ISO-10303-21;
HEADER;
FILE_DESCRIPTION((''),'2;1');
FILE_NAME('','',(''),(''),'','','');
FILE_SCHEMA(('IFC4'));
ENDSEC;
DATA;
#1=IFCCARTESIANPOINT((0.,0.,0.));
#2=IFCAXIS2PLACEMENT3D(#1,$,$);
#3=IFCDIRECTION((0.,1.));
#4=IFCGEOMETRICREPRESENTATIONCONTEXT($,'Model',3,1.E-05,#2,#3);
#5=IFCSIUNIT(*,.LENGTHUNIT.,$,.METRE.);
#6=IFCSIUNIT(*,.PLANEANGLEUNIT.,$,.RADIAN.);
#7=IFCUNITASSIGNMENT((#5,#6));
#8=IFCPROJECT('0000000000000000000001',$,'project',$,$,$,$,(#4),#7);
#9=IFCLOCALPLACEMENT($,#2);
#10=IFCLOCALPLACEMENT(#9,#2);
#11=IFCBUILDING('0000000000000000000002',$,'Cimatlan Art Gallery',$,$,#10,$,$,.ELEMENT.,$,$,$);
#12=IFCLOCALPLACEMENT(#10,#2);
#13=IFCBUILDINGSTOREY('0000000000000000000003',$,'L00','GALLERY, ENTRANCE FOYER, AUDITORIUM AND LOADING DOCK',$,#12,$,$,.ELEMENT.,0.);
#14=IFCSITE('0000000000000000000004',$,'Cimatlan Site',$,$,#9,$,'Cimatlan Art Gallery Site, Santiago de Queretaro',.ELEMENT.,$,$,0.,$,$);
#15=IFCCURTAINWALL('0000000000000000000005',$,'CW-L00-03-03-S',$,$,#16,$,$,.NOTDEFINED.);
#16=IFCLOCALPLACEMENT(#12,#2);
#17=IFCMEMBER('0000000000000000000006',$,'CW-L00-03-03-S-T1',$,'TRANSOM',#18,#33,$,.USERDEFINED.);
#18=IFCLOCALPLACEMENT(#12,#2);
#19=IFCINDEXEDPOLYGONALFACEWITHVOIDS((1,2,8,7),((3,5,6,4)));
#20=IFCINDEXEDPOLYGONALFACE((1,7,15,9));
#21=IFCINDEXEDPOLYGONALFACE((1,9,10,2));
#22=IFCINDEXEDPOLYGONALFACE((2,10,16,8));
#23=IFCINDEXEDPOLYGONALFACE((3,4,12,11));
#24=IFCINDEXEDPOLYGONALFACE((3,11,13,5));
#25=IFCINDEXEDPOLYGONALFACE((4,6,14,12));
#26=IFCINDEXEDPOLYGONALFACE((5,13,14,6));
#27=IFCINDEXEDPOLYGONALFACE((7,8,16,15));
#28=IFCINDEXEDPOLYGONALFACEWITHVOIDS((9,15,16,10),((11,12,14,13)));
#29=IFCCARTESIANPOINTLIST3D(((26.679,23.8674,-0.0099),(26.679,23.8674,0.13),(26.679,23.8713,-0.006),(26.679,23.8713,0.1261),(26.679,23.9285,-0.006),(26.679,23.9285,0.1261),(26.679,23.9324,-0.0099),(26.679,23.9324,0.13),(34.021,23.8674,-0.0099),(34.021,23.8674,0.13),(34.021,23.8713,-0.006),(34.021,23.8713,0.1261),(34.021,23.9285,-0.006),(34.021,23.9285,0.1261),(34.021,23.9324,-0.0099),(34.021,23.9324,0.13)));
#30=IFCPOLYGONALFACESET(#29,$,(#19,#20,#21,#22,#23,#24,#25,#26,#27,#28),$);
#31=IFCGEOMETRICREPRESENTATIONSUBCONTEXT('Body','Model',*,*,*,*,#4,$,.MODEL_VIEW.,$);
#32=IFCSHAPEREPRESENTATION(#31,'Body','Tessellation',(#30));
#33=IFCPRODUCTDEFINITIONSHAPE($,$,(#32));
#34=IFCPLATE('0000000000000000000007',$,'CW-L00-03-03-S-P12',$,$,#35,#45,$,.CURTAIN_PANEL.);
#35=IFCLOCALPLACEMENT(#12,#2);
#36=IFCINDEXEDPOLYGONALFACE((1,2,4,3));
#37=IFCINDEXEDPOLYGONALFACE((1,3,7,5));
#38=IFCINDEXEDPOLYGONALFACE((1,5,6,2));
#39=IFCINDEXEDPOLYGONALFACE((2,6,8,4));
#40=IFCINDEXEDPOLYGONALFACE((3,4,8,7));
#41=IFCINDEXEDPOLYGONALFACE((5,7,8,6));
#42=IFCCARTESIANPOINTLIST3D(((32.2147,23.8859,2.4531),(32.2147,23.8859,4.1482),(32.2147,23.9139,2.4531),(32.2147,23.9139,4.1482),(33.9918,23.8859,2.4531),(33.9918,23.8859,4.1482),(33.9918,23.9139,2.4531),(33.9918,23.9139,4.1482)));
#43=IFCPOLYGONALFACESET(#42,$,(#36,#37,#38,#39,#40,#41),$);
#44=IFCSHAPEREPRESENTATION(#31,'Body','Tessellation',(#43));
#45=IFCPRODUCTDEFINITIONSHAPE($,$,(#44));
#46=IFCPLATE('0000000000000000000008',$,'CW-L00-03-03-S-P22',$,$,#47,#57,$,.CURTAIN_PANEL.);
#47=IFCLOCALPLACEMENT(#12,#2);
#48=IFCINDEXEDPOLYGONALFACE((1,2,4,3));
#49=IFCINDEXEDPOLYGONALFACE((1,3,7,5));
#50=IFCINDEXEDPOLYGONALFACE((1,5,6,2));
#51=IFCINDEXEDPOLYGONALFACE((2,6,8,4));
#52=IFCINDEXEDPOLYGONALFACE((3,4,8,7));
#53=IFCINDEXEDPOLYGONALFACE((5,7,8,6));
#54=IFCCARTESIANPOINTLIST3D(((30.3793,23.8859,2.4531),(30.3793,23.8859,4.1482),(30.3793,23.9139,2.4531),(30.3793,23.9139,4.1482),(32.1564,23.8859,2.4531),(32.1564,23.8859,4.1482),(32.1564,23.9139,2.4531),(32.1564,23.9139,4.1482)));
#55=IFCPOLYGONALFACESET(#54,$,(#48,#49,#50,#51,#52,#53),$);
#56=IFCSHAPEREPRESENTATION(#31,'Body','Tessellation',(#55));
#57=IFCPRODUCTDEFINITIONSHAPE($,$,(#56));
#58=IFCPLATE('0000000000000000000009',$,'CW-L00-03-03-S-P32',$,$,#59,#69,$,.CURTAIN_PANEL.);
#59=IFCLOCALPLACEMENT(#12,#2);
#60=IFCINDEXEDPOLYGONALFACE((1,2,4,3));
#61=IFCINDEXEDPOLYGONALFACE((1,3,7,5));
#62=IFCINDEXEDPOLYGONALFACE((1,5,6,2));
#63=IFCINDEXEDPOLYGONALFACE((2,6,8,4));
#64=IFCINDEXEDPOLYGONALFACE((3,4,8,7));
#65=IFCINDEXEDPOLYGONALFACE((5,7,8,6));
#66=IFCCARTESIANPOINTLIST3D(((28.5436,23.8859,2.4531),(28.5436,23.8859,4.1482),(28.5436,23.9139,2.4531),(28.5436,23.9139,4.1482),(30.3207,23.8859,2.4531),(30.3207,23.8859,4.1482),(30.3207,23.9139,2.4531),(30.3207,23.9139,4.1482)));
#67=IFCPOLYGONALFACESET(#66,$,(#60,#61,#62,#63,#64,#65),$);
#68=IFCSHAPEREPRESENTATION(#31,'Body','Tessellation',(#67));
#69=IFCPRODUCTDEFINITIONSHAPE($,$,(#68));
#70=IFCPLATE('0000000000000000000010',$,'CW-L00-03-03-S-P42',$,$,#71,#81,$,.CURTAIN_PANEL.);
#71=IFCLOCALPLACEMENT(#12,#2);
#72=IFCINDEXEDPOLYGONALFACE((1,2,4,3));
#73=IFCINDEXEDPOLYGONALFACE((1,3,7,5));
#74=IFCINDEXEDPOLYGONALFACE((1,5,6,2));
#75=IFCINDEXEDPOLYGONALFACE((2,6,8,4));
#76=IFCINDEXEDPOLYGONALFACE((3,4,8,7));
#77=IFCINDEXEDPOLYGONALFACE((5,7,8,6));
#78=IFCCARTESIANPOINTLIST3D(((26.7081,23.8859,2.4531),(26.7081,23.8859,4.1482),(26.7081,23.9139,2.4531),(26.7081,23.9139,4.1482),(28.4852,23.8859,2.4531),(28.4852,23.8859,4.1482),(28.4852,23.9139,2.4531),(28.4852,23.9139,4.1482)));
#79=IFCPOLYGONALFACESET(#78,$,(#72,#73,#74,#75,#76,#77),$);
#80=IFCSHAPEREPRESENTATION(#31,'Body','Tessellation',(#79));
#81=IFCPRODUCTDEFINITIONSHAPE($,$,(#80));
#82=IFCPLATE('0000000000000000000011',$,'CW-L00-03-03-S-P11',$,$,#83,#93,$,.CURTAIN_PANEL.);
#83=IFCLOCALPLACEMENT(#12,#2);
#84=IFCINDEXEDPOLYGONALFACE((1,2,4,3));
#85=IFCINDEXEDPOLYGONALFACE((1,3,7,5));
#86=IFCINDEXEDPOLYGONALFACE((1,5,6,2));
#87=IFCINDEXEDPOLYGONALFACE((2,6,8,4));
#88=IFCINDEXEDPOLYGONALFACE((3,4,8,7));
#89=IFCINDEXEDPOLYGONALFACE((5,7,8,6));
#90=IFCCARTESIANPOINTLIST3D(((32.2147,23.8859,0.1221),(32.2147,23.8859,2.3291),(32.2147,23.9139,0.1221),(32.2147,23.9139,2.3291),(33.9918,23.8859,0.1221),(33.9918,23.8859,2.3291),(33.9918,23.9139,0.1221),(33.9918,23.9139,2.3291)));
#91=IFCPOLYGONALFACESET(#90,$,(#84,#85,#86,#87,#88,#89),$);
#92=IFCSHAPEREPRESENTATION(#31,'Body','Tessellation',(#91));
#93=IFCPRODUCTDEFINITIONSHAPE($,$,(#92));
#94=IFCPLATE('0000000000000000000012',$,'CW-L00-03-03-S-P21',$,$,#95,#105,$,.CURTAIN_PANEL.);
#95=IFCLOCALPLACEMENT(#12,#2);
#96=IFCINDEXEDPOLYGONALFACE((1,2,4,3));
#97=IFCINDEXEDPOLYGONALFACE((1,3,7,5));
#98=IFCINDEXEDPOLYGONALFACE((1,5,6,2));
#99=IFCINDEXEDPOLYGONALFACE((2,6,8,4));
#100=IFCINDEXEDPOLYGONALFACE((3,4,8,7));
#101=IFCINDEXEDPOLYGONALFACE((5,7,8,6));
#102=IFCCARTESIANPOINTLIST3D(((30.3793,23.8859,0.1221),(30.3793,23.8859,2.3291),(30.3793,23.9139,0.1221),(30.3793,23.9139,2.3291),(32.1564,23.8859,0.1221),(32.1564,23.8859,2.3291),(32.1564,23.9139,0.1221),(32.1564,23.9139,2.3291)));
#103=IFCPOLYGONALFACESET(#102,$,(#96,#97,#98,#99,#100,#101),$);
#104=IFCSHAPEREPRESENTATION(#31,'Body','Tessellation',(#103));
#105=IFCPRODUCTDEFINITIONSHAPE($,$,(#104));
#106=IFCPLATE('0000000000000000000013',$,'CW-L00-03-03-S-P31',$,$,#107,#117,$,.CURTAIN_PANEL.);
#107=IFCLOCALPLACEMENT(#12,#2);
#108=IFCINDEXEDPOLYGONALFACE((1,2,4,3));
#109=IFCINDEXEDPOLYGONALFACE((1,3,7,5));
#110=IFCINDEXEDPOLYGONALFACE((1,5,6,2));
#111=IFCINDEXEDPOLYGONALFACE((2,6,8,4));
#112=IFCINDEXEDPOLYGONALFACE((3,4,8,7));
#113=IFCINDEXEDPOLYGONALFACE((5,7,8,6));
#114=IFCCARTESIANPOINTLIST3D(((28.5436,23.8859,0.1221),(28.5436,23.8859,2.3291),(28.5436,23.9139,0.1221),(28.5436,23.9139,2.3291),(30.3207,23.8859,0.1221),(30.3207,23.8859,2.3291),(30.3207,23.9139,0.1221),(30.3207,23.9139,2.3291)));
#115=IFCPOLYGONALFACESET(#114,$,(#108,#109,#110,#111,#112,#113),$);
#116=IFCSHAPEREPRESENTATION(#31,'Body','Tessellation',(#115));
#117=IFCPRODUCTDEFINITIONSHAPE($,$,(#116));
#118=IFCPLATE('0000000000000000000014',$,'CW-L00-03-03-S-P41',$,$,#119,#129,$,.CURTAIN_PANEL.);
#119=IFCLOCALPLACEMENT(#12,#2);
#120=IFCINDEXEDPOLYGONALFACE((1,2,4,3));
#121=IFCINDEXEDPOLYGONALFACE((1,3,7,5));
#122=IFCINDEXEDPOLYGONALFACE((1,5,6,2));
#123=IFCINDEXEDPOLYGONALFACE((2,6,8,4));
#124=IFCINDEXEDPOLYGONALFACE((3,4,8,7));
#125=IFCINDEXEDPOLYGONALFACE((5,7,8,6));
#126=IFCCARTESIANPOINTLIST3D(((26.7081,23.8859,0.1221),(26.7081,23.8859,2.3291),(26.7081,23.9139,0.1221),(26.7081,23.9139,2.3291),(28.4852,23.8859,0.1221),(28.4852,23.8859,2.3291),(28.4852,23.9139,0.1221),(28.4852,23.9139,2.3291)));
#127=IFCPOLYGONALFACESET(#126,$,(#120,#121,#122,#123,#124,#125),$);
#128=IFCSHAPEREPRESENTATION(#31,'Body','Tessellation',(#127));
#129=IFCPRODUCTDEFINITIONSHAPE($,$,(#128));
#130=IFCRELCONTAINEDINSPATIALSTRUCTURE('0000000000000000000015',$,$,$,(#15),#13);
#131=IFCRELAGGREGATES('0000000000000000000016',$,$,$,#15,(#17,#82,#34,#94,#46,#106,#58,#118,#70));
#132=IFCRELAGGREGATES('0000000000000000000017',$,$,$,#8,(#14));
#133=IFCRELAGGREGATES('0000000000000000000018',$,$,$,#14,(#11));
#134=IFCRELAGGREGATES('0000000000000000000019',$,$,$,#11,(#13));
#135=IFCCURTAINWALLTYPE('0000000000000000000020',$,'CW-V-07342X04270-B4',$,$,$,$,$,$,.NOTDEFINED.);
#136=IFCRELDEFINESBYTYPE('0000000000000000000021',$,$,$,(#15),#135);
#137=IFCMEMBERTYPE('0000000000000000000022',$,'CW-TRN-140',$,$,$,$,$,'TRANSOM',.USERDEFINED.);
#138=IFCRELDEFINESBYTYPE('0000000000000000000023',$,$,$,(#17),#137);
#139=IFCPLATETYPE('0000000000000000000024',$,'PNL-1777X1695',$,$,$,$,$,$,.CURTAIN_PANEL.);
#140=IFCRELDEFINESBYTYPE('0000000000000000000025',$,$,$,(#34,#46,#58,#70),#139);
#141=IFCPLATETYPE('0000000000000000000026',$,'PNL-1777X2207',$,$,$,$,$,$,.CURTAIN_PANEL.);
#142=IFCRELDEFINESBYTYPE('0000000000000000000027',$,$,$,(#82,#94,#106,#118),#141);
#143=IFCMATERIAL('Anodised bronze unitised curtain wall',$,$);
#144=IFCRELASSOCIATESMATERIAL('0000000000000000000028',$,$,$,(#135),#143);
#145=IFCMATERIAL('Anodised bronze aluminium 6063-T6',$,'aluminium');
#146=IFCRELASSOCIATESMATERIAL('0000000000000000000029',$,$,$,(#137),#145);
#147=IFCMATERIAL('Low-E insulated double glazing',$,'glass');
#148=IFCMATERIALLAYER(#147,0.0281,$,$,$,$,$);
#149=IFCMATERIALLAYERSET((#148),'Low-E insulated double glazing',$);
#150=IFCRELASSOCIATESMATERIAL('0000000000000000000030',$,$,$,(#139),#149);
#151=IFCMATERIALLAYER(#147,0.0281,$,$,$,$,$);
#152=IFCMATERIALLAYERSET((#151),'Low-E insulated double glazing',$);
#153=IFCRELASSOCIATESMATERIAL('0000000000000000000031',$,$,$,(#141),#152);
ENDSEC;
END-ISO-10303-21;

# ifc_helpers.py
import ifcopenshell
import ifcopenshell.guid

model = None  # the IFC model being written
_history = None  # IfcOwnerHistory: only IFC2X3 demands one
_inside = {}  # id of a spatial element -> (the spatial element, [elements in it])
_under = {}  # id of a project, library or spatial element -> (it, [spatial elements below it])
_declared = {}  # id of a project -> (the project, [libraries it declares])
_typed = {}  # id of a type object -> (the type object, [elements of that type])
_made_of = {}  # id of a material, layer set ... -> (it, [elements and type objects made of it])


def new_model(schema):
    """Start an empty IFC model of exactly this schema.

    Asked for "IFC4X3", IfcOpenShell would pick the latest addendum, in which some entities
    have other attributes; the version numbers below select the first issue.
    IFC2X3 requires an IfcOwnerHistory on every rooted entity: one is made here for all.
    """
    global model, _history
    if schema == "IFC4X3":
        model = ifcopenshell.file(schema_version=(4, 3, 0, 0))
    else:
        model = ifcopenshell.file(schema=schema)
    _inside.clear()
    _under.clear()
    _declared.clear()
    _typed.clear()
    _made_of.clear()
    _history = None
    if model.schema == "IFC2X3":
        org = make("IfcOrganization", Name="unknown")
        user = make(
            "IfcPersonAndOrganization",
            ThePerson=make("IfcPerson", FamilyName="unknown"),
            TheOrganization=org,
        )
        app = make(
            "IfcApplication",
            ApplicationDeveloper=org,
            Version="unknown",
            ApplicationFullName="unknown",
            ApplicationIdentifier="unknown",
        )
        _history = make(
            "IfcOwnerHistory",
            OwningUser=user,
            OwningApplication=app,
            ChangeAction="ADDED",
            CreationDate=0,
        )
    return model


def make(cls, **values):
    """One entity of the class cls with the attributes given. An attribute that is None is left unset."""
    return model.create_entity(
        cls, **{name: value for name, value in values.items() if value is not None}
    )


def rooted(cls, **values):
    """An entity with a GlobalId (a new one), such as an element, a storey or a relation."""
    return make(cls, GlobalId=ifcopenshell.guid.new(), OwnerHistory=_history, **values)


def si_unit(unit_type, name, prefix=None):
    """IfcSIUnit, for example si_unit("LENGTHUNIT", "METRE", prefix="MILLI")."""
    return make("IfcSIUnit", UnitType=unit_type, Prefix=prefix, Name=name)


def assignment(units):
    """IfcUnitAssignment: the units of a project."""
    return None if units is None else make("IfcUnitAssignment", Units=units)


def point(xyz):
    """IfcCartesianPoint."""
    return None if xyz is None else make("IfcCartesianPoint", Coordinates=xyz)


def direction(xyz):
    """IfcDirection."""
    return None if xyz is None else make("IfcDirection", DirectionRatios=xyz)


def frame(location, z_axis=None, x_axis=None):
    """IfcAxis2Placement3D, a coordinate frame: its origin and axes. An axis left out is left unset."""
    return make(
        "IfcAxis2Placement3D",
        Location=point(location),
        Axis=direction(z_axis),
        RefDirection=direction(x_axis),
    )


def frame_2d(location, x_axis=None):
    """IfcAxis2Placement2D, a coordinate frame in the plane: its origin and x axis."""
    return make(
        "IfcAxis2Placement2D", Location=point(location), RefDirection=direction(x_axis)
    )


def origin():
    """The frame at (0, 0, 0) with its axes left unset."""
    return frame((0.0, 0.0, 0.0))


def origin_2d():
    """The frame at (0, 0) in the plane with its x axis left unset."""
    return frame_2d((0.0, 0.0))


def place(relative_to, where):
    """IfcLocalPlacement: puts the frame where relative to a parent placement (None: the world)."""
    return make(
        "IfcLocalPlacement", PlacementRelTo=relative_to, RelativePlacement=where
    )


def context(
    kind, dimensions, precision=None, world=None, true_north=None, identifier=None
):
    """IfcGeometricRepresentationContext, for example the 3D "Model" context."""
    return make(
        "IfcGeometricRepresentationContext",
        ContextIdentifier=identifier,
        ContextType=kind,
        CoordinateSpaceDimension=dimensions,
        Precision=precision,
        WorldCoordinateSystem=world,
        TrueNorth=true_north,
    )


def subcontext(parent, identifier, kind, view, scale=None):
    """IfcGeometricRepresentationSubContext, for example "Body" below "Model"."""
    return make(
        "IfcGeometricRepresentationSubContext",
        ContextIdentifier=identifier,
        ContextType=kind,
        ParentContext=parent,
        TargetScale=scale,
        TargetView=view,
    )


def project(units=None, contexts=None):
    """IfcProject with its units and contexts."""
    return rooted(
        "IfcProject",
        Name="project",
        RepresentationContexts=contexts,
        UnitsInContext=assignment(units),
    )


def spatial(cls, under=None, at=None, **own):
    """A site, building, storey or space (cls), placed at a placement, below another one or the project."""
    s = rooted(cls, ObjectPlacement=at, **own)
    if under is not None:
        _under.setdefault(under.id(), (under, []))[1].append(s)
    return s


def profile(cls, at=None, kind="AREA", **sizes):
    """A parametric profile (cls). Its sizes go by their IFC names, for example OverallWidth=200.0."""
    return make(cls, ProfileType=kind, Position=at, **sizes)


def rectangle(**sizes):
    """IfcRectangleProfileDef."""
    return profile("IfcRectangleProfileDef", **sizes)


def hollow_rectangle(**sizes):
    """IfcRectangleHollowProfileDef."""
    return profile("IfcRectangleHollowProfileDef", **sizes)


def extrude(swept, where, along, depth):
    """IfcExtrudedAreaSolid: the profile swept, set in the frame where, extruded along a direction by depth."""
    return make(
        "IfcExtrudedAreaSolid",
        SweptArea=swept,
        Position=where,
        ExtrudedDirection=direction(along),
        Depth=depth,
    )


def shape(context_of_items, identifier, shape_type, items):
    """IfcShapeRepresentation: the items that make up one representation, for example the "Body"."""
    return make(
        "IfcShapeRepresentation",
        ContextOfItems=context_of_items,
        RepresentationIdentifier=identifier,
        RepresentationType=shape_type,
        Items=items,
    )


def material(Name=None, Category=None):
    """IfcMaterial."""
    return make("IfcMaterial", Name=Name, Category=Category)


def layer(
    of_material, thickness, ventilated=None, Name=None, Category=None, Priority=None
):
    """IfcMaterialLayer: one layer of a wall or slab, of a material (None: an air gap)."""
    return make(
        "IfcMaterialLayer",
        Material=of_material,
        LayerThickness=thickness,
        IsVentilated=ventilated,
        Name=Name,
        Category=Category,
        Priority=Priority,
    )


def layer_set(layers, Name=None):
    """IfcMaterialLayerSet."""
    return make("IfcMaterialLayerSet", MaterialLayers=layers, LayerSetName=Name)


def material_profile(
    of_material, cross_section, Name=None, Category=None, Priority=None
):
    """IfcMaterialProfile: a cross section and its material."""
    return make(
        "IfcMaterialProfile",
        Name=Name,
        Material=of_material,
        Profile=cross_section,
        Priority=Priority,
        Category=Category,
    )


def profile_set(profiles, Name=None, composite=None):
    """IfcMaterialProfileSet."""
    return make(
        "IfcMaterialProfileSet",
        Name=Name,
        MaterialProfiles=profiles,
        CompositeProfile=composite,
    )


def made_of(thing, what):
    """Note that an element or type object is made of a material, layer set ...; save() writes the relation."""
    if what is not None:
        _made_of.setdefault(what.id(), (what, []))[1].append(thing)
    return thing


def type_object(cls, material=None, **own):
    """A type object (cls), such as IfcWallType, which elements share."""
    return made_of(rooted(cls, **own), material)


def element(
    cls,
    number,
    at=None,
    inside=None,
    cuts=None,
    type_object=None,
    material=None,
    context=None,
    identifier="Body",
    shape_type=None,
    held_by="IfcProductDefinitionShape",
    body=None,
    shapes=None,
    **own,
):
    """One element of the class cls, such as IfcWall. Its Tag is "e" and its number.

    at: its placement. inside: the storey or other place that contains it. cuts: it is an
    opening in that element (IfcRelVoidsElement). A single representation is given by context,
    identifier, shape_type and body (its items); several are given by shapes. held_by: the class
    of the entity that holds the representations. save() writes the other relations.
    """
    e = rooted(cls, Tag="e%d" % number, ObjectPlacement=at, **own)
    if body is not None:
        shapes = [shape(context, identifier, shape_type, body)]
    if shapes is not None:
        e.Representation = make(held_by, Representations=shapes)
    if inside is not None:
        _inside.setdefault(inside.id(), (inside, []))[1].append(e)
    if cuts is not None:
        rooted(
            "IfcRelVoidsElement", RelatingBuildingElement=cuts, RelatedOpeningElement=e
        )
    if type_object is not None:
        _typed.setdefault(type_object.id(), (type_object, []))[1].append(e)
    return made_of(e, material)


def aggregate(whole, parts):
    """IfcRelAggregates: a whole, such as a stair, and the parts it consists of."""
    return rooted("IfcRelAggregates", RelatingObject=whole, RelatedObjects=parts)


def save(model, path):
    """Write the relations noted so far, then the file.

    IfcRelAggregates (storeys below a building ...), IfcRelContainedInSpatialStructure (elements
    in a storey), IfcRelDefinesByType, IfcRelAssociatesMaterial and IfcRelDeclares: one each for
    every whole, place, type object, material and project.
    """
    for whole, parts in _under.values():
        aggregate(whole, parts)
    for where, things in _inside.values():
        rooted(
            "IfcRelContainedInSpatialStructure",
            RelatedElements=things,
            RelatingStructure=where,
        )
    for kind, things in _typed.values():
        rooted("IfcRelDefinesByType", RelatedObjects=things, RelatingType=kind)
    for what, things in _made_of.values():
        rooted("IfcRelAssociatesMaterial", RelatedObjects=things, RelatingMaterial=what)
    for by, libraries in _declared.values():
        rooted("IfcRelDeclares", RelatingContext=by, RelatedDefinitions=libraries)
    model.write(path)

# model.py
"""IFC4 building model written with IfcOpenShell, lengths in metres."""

from ifc_helpers import new_model, si_unit, direction, frame, origin, origin_2d, place, context, subcontext, project, spatial, rectangle, hollow_rectangle, extrude, material, layer, layer_set, material_profile, profile_set, type_object, element, aggregate, save


model = new_model("IFC4")

# Units and contexts
model_context = context("Model", 3, precision=1e-05, world=origin(), true_north=direction((0.0, 1.0)))
body_context = subcontext(model_context, "Body", "Model", "MODEL_VIEW")
ifc_project = project(units=[si_unit("LENGTHUNIT", "METRE"), si_unit("PLANEANGLEUNIT", "RADIAN")], contexts=[model_context])

# Site, building, storey
site_placement = place(None, origin())
site = spatial("IfcSite", under=ifc_project, at=site_placement, Name="Cimatlan Site", LongName="Cimatlan Art Gallery Site, Santiago de Queretaro", CompositionType="ELEMENT", RefElevation=0.0)
building_placement = place(site_placement, origin())
building = spatial("IfcBuilding", under=site, at=building_placement, Name="Cimatlan Art Gallery", CompositionType="ELEMENT")
storey_placement = place(building_placement, origin())
storey = spatial("IfcBuildingStorey", under=building, at=storey_placement, Name="L00", Description="GALLERY, ENTRANCE FOYER, AUDITORIUM AND LOADING DOCK", CompositionType="ELEMENT", Elevation=0.0)

# Curtain wall, member, plates
ifc_material_1 = material(Name="Anodised bronze unitised curtain wall")
curtain_wall_type = type_object("IfcCurtainWallType", Name="CW-V-07342X04270-B4", PredefinedType="NOTDEFINED", material=ifc_material_1)
curtain_wall_placement = place(storey_placement, origin())
curtain_wall = element("IfcCurtainWall", 1, at=curtain_wall_placement, inside=storey, type_object=curtain_wall_type, Name="CW-L00-03-03-S", PredefinedType="NOTDEFINED")
ifc_material_2 = material(Name="Anodised bronze aluminium 6063-T6", Category="aluminium")
ifc_material_profile_1 = material_profile(ifc_material_2, hollow_rectangle(XDim=0.0649, YDim=0.1399, WallThickness=0.0039, at=origin_2d()), Name="ALU65X140X4")
ifc_profile_set_1 = profile_set([ifc_material_profile_1], Name="Anodised bronze aluminium 6063-T6")
member_type_1 = type_object("IfcMemberType", Name="CW-TRN-140", ElementType="TRANSOM", PredefinedType="USERDEFINED", material=ifc_profile_set_1)
member_1_placement = place(storey_placement, frame((34.021, 23.8999, 0.0601), z_axis=(-1.0, 0.0, 0.0), x_axis=(0.0, -1.0, 0.0)))
member_1 = element("IfcMember", 2, at=member_1_placement, type_object=member_type_1, Name="CW-L00-03-03-S-T1", ObjectType="TRANSOM", PredefinedType="USERDEFINED", context=body_context, shape_type="SweptSolid", body=[
    extrude(hollow_rectangle(XDim=0.0649, YDim=0.1399, WallThickness=0.0039, at=origin_2d()), origin(), (0.0, 0.0, 1.0), 7.342),
])
ifc_material_3 = material(Name="Low-E insulated double glazing", Category="glass")
ifc_layer_1 = layer(ifc_material_3, 0.0281)
ifc_layer_set_1 = layer_set([ifc_layer_1], Name="Low-E insulated double glazing")
plate_type_1 = type_object("IfcPlateType", Name="PNL-1777X1695", PredefinedType="CURTAIN_PANEL", material=ifc_layer_set_1)
plate_1_placement = place(storey_placement, frame((33.1033, 23.8999, 2.4531), z_axis=(0.0, 0.0, 1.0), x_axis=(-1.0, 0.0, 0.0)))
plate_1 = element("IfcPlate", 3, at=plate_1_placement, type_object=plate_type_1, Name="CW-L00-03-03-S-P12", PredefinedType="CURTAIN_PANEL", context=body_context, shape_type="SweptSolid", body=[
    extrude(rectangle(XDim=1.7771, YDim=0.0281, at=origin_2d()), origin(), (0.0, 0.0, 1.0), 1.6951),
])
plate_2_placement = place(storey_placement, frame((31.2678, 23.8999, 2.4531), z_axis=(0.0, 0.0, 1.0), x_axis=(-1.0, 0.0, 0.0)))
plate_2 = element("IfcPlate", 4, at=plate_2_placement, type_object=plate_type_1, Name="CW-L00-03-03-S-P22", PredefinedType="CURTAIN_PANEL", context=body_context, shape_type="SweptSolid", body=[
    extrude(rectangle(XDim=1.7771, YDim=0.0281, at=origin_2d()), origin(), (0.0, 0.0, 1.0), 1.6951),
])
plate_3_placement = place(storey_placement, frame((29.4321, 23.8999, 2.4531), z_axis=(0.0, 0.0, 1.0), x_axis=(-1.0, 0.0, 0.0)))
plate_3 = element("IfcPlate", 5, at=plate_3_placement, type_object=plate_type_1, Name="CW-L00-03-03-S-P32", PredefinedType="CURTAIN_PANEL", context=body_context, shape_type="SweptSolid", body=[
    extrude(rectangle(XDim=1.7771, YDim=0.0281, at=origin_2d()), origin(), (0.0, 0.0, 1.0), 1.6951),
])
plate_4_placement = place(storey_placement, frame((27.5967, 23.8999, 2.4531), z_axis=(0.0, 0.0, 1.0), x_axis=(-1.0, 0.0, 0.0)))
plate_4 = element("IfcPlate", 6, at=plate_4_placement, type_object=plate_type_1, Name="CW-L00-03-03-S-P42", PredefinedType="CURTAIN_PANEL", context=body_context, shape_type="SweptSolid", body=[
    extrude(rectangle(XDim=1.7771, YDim=0.0281, at=origin_2d()), origin(), (0.0, 0.0, 1.0), 1.6951),
])
ifc_layer_2 = layer(ifc_material_3, 0.0281)
ifc_layer_set_2 = layer_set([ifc_layer_2], Name="Low-E insulated double glazing")
plate_type_2 = type_object("IfcPlateType", Name="PNL-1777X2207", PredefinedType="CURTAIN_PANEL", material=ifc_layer_set_2)
plate_5_placement = place(storey_placement, frame((33.1033, 23.8999, 0.1221), z_axis=(0.0, 0.0, 1.0), x_axis=(-1.0, 0.0, 0.0)))
plate_5 = element("IfcPlate", 7, at=plate_5_placement, type_object=plate_type_2, Name="CW-L00-03-03-S-P11", PredefinedType="CURTAIN_PANEL", context=body_context, shape_type="SweptSolid", body=[
    extrude(rectangle(XDim=1.7771, YDim=0.0281, at=origin_2d()), origin(), (0.0, 0.0, 1.0), 2.207),
])
plate_6_placement = place(storey_placement, frame((31.2678, 23.8999, 0.1221), z_axis=(0.0, 0.0, 1.0), x_axis=(-1.0, 0.0, 0.0)))
plate_6 = element("IfcPlate", 8, at=plate_6_placement, type_object=plate_type_2, Name="CW-L00-03-03-S-P21", PredefinedType="CURTAIN_PANEL", context=body_context, shape_type="SweptSolid", body=[
    extrude(rectangle(XDim=1.7771, YDim=0.0281, at=origin_2d()), origin(), (0.0, 0.0, 1.0), 2.207),
])
plate_7_placement = place(storey_placement, frame((29.4321, 23.8999, 0.1221), z_axis=(0.0, 0.0, 1.0), x_axis=(-1.0, 0.0, 0.0)))
plate_7 = element("IfcPlate", 9, at=plate_7_placement, type_object=plate_type_2, Name="CW-L00-03-03-S-P31", PredefinedType="CURTAIN_PANEL", context=body_context, shape_type="SweptSolid", body=[
    extrude(rectangle(XDim=1.7771, YDim=0.0281, at=origin_2d()), origin(), (0.0, 0.0, 1.0), 2.207),
])
plate_8_placement = place(storey_placement, frame((27.5967, 23.8999, 0.1221), z_axis=(0.0, 0.0, 1.0), x_axis=(-1.0, 0.0, 0.0)))
plate_8 = element("IfcPlate", 10, at=plate_8_placement, type_object=plate_type_2, Name="CW-L00-03-03-S-P41", PredefinedType="CURTAIN_PANEL", context=body_context, shape_type="SweptSolid", body=[
    extrude(rectangle(XDim=1.7771, YDim=0.0281, at=origin_2d()), origin(), (0.0, 0.0, 1.0), 2.207),
])
aggregate(curtain_wall, [member_1, plate_5, plate_1, plate_6, plate_2, plate_7, plate_3, plate_8, plate_4])

save(model, "model.ifc")
